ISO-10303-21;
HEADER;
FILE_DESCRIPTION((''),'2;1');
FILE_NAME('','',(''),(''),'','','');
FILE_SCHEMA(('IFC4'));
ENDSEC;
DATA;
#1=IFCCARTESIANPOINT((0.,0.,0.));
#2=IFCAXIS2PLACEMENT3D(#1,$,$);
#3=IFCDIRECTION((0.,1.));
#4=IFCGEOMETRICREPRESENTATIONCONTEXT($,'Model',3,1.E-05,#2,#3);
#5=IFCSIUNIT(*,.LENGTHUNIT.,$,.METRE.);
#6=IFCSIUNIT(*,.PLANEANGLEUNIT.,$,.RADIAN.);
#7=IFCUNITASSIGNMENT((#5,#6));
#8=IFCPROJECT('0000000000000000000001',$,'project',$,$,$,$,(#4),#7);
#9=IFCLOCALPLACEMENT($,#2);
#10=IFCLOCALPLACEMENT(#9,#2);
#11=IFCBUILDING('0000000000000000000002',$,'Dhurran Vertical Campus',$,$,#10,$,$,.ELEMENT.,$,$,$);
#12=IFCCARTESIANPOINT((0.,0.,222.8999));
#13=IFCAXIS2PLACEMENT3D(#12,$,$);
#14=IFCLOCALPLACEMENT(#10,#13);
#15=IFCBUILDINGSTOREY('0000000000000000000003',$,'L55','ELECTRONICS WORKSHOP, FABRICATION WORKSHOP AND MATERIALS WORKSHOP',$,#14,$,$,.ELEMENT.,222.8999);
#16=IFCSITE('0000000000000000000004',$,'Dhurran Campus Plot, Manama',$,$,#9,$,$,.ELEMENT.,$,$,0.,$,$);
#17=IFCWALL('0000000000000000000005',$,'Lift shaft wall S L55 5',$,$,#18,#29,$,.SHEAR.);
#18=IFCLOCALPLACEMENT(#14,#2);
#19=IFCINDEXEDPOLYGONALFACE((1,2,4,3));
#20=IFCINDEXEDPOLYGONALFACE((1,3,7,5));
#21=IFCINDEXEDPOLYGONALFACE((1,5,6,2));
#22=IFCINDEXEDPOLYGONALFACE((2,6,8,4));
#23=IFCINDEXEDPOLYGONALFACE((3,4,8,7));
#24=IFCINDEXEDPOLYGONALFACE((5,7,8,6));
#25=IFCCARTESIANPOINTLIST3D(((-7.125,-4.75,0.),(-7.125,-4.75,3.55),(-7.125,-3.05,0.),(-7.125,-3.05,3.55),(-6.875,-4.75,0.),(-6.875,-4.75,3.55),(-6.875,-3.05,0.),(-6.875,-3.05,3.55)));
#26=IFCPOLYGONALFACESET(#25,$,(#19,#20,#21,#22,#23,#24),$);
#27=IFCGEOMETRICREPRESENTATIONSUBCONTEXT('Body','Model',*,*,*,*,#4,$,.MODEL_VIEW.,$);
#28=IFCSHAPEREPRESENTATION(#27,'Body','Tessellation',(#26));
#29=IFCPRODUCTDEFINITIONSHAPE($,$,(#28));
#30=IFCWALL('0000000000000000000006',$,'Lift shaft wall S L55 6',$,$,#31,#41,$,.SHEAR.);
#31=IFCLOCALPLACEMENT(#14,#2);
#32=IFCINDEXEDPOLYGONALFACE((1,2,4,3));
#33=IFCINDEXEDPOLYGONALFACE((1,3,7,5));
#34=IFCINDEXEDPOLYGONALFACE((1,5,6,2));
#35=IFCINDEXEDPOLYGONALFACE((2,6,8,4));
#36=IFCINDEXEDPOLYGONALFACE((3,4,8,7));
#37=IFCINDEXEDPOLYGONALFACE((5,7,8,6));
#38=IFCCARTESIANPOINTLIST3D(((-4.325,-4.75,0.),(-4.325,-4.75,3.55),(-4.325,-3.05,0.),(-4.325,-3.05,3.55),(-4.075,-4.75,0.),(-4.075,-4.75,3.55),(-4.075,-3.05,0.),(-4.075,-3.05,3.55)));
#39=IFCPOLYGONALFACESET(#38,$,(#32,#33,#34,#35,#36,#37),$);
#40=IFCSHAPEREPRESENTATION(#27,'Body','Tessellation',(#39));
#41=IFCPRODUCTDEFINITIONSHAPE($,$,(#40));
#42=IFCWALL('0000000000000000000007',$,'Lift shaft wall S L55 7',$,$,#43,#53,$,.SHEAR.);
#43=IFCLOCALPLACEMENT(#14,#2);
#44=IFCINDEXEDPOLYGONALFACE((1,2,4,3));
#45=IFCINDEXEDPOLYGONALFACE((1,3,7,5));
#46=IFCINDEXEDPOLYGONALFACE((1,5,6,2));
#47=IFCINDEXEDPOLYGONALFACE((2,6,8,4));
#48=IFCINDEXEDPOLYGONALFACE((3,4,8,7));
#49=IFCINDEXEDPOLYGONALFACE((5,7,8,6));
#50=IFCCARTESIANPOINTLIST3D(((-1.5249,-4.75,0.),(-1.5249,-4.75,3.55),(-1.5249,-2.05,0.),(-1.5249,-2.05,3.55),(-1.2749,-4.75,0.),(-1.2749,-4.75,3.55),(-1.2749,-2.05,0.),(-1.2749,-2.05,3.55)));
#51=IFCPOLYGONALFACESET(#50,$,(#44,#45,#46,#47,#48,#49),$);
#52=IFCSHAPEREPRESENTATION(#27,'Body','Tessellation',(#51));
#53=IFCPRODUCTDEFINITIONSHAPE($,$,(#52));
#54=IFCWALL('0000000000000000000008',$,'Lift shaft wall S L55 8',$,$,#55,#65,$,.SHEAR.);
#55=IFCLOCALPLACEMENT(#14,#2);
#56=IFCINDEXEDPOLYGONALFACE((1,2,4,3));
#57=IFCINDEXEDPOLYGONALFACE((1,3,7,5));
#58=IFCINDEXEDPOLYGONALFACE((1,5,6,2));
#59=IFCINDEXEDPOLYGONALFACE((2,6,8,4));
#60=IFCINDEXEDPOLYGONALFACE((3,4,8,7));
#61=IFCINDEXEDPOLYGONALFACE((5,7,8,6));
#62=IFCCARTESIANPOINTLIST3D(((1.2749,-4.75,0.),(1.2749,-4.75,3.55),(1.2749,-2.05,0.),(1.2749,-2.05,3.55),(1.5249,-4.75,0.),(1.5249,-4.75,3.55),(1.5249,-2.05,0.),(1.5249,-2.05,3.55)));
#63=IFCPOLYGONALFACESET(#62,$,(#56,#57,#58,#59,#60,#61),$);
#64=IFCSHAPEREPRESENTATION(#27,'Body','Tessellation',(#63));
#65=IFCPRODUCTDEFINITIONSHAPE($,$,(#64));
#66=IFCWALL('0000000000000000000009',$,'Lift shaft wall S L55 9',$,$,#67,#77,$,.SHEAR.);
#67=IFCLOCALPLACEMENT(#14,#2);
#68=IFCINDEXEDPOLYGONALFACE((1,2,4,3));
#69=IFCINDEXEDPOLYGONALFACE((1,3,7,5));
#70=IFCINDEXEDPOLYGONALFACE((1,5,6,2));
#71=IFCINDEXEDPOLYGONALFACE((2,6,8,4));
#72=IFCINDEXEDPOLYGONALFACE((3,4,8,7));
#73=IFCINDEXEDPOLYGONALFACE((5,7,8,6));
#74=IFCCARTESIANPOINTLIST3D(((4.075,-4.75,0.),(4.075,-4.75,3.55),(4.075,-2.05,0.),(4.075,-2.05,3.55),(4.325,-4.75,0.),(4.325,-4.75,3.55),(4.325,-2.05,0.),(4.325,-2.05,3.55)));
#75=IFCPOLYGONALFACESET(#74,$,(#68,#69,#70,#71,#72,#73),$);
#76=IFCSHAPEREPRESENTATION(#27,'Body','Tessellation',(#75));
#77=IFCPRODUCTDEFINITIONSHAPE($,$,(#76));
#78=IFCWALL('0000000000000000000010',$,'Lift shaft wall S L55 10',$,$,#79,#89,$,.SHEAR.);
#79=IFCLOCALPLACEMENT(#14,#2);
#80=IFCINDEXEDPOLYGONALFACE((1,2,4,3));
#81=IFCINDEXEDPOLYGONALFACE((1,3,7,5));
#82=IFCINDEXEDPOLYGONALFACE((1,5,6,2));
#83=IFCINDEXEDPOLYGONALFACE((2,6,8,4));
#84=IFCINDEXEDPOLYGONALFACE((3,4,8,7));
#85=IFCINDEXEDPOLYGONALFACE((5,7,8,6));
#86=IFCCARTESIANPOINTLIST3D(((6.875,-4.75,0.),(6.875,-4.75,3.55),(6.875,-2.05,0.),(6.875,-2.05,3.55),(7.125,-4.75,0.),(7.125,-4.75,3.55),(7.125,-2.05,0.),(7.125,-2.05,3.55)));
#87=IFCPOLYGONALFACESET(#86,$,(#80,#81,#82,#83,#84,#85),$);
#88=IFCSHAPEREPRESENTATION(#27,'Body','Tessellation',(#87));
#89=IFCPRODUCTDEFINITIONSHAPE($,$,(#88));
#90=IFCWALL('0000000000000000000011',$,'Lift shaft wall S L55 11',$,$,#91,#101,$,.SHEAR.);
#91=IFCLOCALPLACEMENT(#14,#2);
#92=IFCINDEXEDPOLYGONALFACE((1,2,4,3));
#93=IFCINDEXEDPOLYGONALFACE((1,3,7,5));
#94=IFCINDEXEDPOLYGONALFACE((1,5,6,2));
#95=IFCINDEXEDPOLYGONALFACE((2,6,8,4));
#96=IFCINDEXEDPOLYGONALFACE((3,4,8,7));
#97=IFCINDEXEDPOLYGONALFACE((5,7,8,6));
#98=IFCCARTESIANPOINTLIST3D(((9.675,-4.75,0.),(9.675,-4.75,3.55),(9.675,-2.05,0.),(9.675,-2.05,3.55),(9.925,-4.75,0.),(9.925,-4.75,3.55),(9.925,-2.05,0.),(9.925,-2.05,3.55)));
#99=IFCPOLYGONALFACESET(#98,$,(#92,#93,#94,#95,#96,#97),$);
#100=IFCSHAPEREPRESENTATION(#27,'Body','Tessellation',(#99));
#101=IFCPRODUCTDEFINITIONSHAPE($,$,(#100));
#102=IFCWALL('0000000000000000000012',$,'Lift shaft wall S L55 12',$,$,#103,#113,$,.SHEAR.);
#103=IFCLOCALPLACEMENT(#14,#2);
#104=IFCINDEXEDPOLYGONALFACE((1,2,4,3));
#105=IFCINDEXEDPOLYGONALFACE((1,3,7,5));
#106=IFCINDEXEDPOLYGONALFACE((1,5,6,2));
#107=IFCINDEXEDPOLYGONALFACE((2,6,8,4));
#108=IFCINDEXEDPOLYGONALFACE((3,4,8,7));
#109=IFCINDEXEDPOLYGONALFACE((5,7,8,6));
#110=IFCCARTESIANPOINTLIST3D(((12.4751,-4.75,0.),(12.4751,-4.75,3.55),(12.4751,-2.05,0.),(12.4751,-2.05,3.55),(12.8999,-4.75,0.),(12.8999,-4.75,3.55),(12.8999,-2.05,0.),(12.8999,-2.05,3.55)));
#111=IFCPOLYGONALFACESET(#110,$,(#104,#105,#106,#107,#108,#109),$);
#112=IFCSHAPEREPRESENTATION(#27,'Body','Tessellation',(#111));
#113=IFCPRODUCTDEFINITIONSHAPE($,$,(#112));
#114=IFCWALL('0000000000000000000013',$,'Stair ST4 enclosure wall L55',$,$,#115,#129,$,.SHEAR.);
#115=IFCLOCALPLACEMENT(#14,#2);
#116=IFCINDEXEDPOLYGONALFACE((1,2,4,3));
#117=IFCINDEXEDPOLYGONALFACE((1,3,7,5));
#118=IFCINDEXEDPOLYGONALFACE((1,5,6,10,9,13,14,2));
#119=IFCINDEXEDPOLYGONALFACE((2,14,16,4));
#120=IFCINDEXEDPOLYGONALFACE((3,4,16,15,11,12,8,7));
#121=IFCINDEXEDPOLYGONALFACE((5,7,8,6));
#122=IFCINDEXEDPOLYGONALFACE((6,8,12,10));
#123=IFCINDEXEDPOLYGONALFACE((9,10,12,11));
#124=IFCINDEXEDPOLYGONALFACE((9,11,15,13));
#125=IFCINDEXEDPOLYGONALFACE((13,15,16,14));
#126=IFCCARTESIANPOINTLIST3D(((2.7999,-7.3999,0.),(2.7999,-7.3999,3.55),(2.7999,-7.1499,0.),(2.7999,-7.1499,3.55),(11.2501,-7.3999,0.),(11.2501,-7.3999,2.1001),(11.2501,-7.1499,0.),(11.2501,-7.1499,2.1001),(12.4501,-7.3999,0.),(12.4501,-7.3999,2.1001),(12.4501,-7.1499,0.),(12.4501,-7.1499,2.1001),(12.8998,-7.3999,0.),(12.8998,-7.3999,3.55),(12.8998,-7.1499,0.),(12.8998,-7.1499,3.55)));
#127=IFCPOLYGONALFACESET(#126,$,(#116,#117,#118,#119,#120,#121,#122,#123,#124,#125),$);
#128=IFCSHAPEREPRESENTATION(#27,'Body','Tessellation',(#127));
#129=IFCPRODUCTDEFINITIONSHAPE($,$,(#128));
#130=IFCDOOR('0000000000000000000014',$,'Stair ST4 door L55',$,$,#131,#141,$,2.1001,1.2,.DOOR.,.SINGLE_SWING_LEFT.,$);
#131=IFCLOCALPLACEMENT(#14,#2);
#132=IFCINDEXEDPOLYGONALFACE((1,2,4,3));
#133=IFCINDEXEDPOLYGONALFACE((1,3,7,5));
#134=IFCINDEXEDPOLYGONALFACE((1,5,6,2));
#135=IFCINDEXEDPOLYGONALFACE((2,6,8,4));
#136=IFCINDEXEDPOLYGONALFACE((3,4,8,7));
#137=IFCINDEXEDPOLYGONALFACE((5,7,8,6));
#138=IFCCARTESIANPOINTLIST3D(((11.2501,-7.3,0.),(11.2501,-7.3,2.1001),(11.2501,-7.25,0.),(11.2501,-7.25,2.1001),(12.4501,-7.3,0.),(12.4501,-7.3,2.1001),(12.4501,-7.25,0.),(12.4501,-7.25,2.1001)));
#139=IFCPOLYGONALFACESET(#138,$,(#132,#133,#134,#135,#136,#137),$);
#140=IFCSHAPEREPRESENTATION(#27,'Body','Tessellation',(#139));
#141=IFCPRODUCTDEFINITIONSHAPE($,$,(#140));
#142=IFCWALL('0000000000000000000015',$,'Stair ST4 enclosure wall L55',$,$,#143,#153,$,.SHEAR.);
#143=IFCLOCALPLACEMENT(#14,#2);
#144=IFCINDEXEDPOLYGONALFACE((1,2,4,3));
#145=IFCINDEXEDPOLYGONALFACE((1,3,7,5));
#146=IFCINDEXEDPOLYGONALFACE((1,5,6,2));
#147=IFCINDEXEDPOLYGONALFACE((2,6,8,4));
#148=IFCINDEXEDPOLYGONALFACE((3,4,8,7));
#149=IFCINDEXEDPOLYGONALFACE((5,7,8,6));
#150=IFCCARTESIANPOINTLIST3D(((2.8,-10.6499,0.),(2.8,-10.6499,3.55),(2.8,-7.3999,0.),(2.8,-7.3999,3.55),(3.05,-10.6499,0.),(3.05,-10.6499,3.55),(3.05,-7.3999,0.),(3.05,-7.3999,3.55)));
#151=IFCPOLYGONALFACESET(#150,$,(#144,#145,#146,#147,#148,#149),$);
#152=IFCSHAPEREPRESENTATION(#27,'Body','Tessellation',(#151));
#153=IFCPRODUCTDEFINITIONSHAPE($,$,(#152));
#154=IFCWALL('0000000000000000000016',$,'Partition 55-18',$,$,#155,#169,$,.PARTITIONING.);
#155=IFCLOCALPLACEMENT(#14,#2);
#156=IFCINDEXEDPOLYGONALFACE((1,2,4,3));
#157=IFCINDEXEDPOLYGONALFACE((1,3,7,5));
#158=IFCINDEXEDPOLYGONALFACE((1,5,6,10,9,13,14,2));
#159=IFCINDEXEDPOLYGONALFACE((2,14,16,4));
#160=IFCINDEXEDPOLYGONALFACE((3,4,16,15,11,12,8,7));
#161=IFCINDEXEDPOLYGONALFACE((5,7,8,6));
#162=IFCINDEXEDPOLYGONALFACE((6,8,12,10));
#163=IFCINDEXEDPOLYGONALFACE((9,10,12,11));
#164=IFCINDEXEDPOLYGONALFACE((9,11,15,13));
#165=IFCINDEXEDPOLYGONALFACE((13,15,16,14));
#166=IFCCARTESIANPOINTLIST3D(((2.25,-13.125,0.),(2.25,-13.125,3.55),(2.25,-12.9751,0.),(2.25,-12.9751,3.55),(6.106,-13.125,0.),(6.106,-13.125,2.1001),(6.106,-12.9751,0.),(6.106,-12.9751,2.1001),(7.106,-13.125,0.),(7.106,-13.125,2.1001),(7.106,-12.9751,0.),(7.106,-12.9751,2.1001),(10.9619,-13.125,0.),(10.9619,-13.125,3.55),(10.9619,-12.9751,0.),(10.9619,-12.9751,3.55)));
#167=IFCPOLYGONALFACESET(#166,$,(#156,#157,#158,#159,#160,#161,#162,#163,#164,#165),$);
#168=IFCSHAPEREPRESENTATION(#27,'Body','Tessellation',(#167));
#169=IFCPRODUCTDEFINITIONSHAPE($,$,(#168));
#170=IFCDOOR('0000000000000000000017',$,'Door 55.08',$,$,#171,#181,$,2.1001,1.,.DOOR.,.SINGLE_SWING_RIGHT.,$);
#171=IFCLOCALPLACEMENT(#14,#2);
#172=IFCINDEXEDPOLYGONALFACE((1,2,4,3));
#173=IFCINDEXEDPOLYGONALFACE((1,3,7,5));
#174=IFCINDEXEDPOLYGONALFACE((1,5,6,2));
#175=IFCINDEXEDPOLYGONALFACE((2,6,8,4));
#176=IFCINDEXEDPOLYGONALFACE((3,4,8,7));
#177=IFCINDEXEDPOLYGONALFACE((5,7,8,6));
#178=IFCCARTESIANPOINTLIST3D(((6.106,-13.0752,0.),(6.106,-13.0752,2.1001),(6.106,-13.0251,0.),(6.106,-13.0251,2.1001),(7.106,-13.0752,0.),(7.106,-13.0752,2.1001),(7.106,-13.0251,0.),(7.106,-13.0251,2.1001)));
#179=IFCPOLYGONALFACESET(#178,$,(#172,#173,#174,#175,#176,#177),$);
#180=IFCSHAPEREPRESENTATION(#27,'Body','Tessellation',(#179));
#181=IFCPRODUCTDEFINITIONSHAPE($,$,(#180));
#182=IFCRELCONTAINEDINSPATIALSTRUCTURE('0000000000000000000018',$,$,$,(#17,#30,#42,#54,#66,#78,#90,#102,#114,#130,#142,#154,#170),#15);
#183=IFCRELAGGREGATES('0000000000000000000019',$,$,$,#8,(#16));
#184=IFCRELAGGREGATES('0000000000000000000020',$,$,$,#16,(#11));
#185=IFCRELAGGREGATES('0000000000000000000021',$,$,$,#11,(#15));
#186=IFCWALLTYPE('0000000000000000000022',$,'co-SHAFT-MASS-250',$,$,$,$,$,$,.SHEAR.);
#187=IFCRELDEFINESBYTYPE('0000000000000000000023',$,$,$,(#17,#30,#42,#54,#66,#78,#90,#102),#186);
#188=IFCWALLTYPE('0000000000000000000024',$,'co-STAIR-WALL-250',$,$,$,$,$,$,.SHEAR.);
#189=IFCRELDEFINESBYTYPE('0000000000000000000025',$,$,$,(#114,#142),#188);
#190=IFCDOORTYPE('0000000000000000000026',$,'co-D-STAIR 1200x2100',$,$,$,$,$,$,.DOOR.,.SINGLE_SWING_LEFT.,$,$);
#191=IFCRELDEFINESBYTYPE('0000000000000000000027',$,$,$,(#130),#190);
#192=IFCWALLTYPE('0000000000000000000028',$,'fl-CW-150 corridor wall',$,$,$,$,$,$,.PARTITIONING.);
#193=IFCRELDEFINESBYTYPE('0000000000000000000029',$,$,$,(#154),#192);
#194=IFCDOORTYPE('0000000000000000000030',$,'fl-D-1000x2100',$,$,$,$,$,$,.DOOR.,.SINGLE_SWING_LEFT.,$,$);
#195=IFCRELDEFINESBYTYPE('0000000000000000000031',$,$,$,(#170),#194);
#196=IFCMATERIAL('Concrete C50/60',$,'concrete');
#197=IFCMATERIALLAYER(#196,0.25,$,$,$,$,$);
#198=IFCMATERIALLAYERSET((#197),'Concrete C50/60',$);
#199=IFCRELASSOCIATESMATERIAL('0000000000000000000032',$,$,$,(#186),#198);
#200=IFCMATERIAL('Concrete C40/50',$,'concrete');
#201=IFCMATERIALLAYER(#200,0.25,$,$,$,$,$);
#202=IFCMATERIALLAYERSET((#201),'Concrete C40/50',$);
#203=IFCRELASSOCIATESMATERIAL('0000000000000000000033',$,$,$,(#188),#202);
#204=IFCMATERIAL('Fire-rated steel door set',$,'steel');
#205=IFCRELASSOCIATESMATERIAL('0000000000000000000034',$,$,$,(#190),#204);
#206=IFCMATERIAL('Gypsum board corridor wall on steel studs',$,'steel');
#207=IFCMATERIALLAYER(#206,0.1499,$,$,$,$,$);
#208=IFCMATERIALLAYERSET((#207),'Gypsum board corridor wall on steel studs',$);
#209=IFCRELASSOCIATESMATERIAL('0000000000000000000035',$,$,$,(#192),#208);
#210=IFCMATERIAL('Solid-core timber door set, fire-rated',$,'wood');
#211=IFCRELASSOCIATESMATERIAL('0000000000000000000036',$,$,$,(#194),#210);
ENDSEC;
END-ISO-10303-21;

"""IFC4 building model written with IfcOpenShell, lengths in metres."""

from ifc_helpers import new_model, si_unit, direction, frame, frame_2d, origin, place, context, subcontext, project, spatial, polyline, rectangle, outline, extrude, material, layer, layer_set, type_object, element, fill, save


model = new_model("IFC4")

# Units and contexts
model_context = context("Model", 3, precision=1e-05, world=origin(), true_north=direction((0.0, 1.0)))
body_context = subcontext(model_context, "Body", "Model", "MODEL_VIEW")
ifc_project = project(units=[si_unit("LENGTHUNIT", "METRE"), si_unit("PLANEANGLEUNIT", "RADIAN")], contexts=[model_context])

# Site, building, storey
site_placement = place(None, origin())
site = spatial("IfcSite", under=ifc_project, at=site_placement, Name="Dhurran Campus Plot, Manama", CompositionType="ELEMENT", RefElevation=0.0)
building_placement = place(site_placement, origin())
building = spatial("IfcBuilding", under=site, at=building_placement, Name="Dhurran Vertical Campus", CompositionType="ELEMENT")
storey_placement = place(building_placement, frame((0.0, 0.0, 222.8999)))
storey = spatial("IfcBuildingStorey", under=building, at=storey_placement, Name="L55", Description="ELECTRONICS WORKSHOP, FABRICATION WORKSHOP AND MATERIALS WORKSHOP", CompositionType="ELEMENT", Elevation=222.8999)

# Walls
ifc_material_1 = material(Name="Concrete C50/60", Category="concrete")
ifc_layer_1 = layer(ifc_material_1, 0.25)
ifc_layer_set_1 = layer_set([ifc_layer_1], Name="Concrete C50/60")
wall_type_1 = type_object("IfcWallType", Name="co-SHAFT-MASS-250", PredefinedType="SHEAR", material=ifc_layer_set_1)
wall_1_placement = place(storey_placement, origin())
element("IfcWall", 1, at=wall_1_placement, inside=storey, type_object=wall_type_1, Name="Lift shaft wall S L55 5", PredefinedType="SHEAR", context=body_context, shape_type="SweptSolid", body=[
    extrude(outline(polyline([(-7.125, -4.75), (-6.875, -4.75), (-6.875, -3.05), (-7.125, -3.05), (-7.125, -4.75)])), origin(), (0.0, 0.0, 1.0), 3.55),
])
wall_2_placement = place(storey_placement, origin())
element("IfcWall", 2, at=wall_2_placement, inside=storey, type_object=wall_type_1, Name="Lift shaft wall S L55 6", PredefinedType="SHEAR", context=body_context, shape_type="SweptSolid", body=[
    extrude(outline(polyline([(-4.325, -4.75), (-4.075, -4.75), (-4.075, -3.05), (-4.325, -3.05), (-4.325, -4.75)])), origin(), (0.0, 0.0, 1.0), 3.55),
])
wall_3_placement = place(storey_placement, origin())
element("IfcWall", 3, at=wall_3_placement, inside=storey, type_object=wall_type_1, Name="Lift shaft wall S L55 7", PredefinedType="SHEAR", context=body_context, shape_type="SweptSolid", body=[
    extrude(outline(polyline([(-1.5249, -4.75), (-1.2749, -4.75), (-1.2749, -2.05), (-1.5249, -2.05), (-1.5249, -4.75)])), origin(), (0.0, 0.0, 1.0), 3.55),
])
wall_4_placement = place(storey_placement, origin())
element("IfcWall", 4, at=wall_4_placement, inside=storey, type_object=wall_type_1, Name="Lift shaft wall S L55 8", PredefinedType="SHEAR", context=body_context, shape_type="SweptSolid", body=[
    extrude(outline(polyline([(1.2749, -4.75), (1.5249, -4.75), (1.5249, -2.05), (1.2749, -2.05), (1.2749, -4.75)])), origin(), (0.0, 0.0, 1.0), 3.55),
])
wall_5_placement = place(storey_placement, origin())
element("IfcWall", 5, at=wall_5_placement, inside=storey, type_object=wall_type_1, Name="Lift shaft wall S L55 9", PredefinedType="SHEAR", context=body_context, shape_type="SweptSolid", body=[
    extrude(outline(polyline([(4.075, -4.75), (4.325, -4.75), (4.325, -2.05), (4.075, -2.05), (4.075, -4.75)])), origin(), (0.0, 0.0, 1.0), 3.55),
])
wall_6_placement = place(storey_placement, origin())
element("IfcWall", 6, at=wall_6_placement, inside=storey, type_object=wall_type_1, Name="Lift shaft wall S L55 10", PredefinedType="SHEAR", context=body_context, shape_type="SweptSolid", body=[
    extrude(outline(polyline([(6.875, -4.75), (7.125, -4.75), (7.125, -2.05), (6.875, -2.05), (6.875, -4.75)])), origin(), (0.0, 0.0, 1.0), 3.55),
])
wall_7_placement = place(storey_placement, origin())
element("IfcWall", 7, at=wall_7_placement, inside=storey, type_object=wall_type_1, Name="Lift shaft wall S L55 11", PredefinedType="SHEAR", context=body_context, shape_type="SweptSolid", body=[
    extrude(outline(polyline([(9.675, -4.75), (9.925, -4.75), (9.925, -2.05), (9.675, -2.05), (9.675, -4.75)])), origin(), (0.0, 0.0, 1.0), 3.55),
])
wall_8_placement = place(storey_placement, origin())
element("IfcWall", 8, at=wall_8_placement, inside=storey, type_object=wall_type_1, Name="Lift shaft wall S L55 12", PredefinedType="SHEAR", context=body_context, shape_type="SweptSolid", body=[
    extrude(outline(polyline([(12.4751, -4.75), (12.8999, -4.75), (12.8999, -2.05), (12.4751, -2.05), (12.4751, -4.75)])), origin(), (0.0, 0.0, 1.0), 3.55),
])

# Wall, opening, door
ifc_material_2 = material(Name="Concrete C40/50", Category="concrete")
ifc_layer_2 = layer(ifc_material_2, 0.25)
ifc_layer_set_2 = layer_set([ifc_layer_2], Name="Concrete C40/50")
wall_type_2 = type_object("IfcWallType", Name="co-STAIR-WALL-250", PredefinedType="SHEAR", material=ifc_layer_set_2)
wall_9_placement = place(storey_placement, frame((2.8, -7.2749, 0.0), z_axis=(0.0, 0.0, 1.0), x_axis=(1.0, 0.0, 0.0)))
wall_9 = element("IfcWall", 9, at=wall_9_placement, inside=storey, type_object=wall_type_2, Name="Stair ST4 enclosure wall L55", PredefinedType="SHEAR", context=body_context, shape_type="SweptSolid", body=[
    extrude(rectangle(XDim=10.0999, YDim=0.25, at=frame_2d((5.0498, 0.0))), origin(), (0.0, 0.0, 1.0), 3.55),
])
opening_1_placement = place(wall_9_placement, frame((8.45, 0.0, 0.0)))
opening_1 = element("IfcOpeningElement", 10, at=opening_1_placement, cuts=wall_9, PredefinedType="OPENING", context=body_context, shape_type="SweptSolid", body=[
    extrude(rectangle(XDim=1.2, YDim=2.1001, at=frame_2d((0.6001, 1.05))), frame((0.0, 0.135, 0.0), z_axis=(0.0, -1.0, 0.0), x_axis=(1.0, 0.0, 0.0)), (0.0, 0.0, 1.0), 0.27),
])
ifc_material_3 = material(Name="Fire-rated steel door set", Category="steel")
door_type_1 = type_object("IfcDoorType", Name="co-D-STAIR 1200x2100", OperationType="SINGLE_SWING_LEFT", PredefinedType="DOOR", material=ifc_material_3)
door_1_placement = place(opening_1_placement, origin())
door_1 = element("IfcDoor", 11, at=door_1_placement, inside=storey, type_object=door_type_1, Name="Stair ST4 door L55", OperationType="SINGLE_SWING_LEFT", OverallHeight=2.1001, OverallWidth=1.2, PredefinedType="DOOR", context=body_context, shape_type="SweptSolid", body=[
    extrude(rectangle(XDim=1.2, YDim=2.1001, at=frame_2d((0.6001, 1.05))), frame((0.0, 0.0249, 0.0), z_axis=(0.0, -1.0, 0.0), x_axis=(1.0, 0.0, 0.0)), (0.0, 0.0, 1.0), 0.05),
])
fill(opening_1, door_1)

# Wall
wall_10_placement = place(storey_placement, frame((2.925, -10.6499, 0.0), z_axis=(0.0, 0.0, 1.0), x_axis=(0.0, 1.0, 0.0)))
element("IfcWall", 12, at=wall_10_placement, inside=storey, type_object=wall_type_2, Name="Stair ST4 enclosure wall L55", PredefinedType="SHEAR", context=body_context, shape_type="SweptSolid", body=[
    extrude(rectangle(XDim=3.25, YDim=0.25, at=frame_2d((1.625, 0.0))), origin(), (0.0, 0.0, 1.0), 3.55),
])

# Wall, opening, door
ifc_material_4 = material(Name="Gypsum board corridor wall on steel studs", Category="steel")
ifc_layer_3 = layer(ifc_material_4, 0.1499)
ifc_layer_set_3 = layer_set([ifc_layer_3], Name="Gypsum board corridor wall on steel studs")
wall_type_3 = type_object("IfcWallType", Name="fl-CW-150 corridor wall", PredefinedType="PARTITIONING", material=ifc_layer_set_3)
wall_11_placement = place(storey_placement, frame((2.25, -13.05, 0.0), z_axis=(0.0, 0.0, 1.0), x_axis=(1.0, 0.0, 0.0)))
wall_11 = element("IfcWall", 13, at=wall_11_placement, inside=storey, type_object=wall_type_3, Name="Partition 55-18", PredefinedType="PARTITIONING", context=body_context, shape_type="SweptSolid", body=[
    extrude(rectangle(XDim=8.7119, YDim=0.1499, at=frame_2d((4.356, 0.0))), origin(), (0.0, 0.0, 1.0), 3.55),
])
opening_2_placement = place(wall_11_placement, frame((3.856, 0.0, 0.0)))
opening_2 = element("IfcOpeningElement", 14, at=opening_2_placement, cuts=wall_11, PredefinedType="OPENING", context=body_context, shape_type="SweptSolid", body=[
    extrude(rectangle(XDim=1.0, YDim=2.1001, at=frame_2d((0.5, 1.05))), frame((0.0, 0.085, 0.0), z_axis=(0.0, -1.0, 0.0), x_axis=(1.0, 0.0, 0.0)), (0.0, 0.0, 1.0), 0.1699),
])
ifc_material_5 = material(Name="Solid-core timber door set, fire-rated", Category="wood")
door_type_2 = type_object("IfcDoorType", Name="fl-D-1000x2100", OperationType="SINGLE_SWING_LEFT", PredefinedType="DOOR", material=ifc_material_5)
door_2_placement = place(opening_2_placement, origin())
door_2 = element("IfcDoor", 15, at=door_2_placement, inside=storey, type_object=door_type_2, Name="Door 55.08", OperationType="SINGLE_SWING_RIGHT", OverallHeight=2.1001, OverallWidth=1.0, PredefinedType="DOOR", context=body_context, shape_type="SweptSolid", body=[
    extrude(rectangle(XDim=1.0, YDim=2.1001, at=frame_2d((0.5, 1.05))), frame((0.0, 0.0249, 0.0), z_axis=(0.0, -1.0, 0.0), x_axis=(1.0, 0.0, 0.0)), (0.0, 0.0, 1.0), 0.05),
])
fill(opening_2, door_2)

save(model, "model.ifc")
